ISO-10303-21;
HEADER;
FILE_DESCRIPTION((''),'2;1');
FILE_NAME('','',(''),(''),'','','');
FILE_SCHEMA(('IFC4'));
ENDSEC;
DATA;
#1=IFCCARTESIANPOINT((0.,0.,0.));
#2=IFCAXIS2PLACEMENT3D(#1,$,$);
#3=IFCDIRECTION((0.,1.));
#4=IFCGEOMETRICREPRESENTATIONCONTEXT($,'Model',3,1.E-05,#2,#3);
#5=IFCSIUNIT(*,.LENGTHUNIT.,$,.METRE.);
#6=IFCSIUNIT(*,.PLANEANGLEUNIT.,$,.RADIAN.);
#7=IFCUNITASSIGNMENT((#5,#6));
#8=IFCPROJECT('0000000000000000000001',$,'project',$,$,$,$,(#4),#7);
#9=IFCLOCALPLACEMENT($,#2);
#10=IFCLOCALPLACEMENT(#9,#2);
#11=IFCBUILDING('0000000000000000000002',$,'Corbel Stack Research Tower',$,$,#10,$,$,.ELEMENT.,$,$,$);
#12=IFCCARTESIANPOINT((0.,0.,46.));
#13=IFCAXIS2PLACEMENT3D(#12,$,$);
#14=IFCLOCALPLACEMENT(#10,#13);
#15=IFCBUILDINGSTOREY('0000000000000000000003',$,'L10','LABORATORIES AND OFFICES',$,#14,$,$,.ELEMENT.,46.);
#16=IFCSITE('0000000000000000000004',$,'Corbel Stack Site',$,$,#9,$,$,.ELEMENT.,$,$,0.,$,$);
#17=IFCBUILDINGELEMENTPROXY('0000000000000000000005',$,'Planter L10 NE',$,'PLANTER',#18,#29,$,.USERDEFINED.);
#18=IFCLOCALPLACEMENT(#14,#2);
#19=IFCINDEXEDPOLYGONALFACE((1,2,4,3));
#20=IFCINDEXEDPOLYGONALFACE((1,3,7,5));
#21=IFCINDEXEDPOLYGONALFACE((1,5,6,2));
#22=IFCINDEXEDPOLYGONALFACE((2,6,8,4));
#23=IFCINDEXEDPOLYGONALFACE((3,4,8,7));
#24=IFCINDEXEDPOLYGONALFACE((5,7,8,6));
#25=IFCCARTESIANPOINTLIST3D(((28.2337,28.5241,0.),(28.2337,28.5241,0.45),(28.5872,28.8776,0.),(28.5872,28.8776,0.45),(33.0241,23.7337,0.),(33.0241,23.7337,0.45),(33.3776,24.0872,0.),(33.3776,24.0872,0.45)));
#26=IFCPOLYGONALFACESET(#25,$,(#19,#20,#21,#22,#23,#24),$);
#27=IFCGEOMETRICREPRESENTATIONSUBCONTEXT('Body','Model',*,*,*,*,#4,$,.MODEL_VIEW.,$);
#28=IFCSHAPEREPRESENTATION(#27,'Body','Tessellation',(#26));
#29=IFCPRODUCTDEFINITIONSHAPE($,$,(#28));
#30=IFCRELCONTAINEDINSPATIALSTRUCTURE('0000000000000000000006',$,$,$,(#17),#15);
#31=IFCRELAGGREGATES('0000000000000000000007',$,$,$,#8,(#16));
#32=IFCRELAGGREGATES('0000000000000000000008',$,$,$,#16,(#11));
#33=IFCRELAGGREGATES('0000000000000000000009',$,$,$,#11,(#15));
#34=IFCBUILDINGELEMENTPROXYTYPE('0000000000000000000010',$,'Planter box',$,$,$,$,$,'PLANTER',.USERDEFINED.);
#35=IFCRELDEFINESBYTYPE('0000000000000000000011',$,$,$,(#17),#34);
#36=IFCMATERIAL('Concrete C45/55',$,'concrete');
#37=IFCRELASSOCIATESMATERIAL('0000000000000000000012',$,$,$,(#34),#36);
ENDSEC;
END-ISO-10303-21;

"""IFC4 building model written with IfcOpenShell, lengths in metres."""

from ifc_helpers import new_model, si_unit, direction, frame, origin, origin_2d, place, context, subcontext, project, spatial, rectangle, extrude, material, type_object, element, save


model = new_model("IFC4")

# Units and contexts
model_context = context("Model", 3, precision=1e-05, world=origin(), true_north=direction((0.0, 1.0)))
body_context = subcontext(model_context, "Body", "Model", "MODEL_VIEW")
ifc_project = project(units=[si_unit("LENGTHUNIT", "METRE"), si_unit("PLANEANGLEUNIT", "RADIAN")], contexts=[model_context])

# Site, building, storey
site_placement = place(None, origin())
site = spatial("IfcSite", under=ifc_project, at=site_placement, Name="Corbel Stack Site", CompositionType="ELEMENT", RefElevation=0.0)
building_placement = place(site_placement, origin())
building = spatial("IfcBuilding", under=site, at=building_placement, Name="Corbel Stack Research Tower", CompositionType="ELEMENT")
storey_placement = place(building_placement, frame((0.0, 0.0, 46.0)))
storey = spatial("IfcBuildingStorey", under=building, at=storey_placement, Name="L10", Description="LABORATORIES AND OFFICES", CompositionType="ELEMENT", Elevation=46.0)

# Building element proxy
ifc_material_1 = material(Name="Concrete C45/55", Category="concrete")
building_element_proxy_type = type_object("IfcBuildingElementProxyType", Name="Planter box", ElementType="PLANTER", PredefinedType="USERDEFINED", material=ifc_material_1)
proxy_placement = place(storey_placement, frame((30.8057, 26.3057, 0.0), z_axis=(0.0, 0.0, 1.0), x_axis=(-0.707107, 0.707107, 0.0)))
element("IfcBuildingElementProxy", 1, at=proxy_placement, inside=storey, type_object=building_element_proxy_type, Name="Planter L10 NE", ObjectType="PLANTER", PredefinedType="USERDEFINED", context=body_context, shape_type="SweptSolid", body=[
    extrude(rectangle(XDim=6.7747, YDim=0.5, at=origin_2d()), origin(), (0.0, 0.0, 1.0), 0.45),
])

save(model, "model.ifc")
